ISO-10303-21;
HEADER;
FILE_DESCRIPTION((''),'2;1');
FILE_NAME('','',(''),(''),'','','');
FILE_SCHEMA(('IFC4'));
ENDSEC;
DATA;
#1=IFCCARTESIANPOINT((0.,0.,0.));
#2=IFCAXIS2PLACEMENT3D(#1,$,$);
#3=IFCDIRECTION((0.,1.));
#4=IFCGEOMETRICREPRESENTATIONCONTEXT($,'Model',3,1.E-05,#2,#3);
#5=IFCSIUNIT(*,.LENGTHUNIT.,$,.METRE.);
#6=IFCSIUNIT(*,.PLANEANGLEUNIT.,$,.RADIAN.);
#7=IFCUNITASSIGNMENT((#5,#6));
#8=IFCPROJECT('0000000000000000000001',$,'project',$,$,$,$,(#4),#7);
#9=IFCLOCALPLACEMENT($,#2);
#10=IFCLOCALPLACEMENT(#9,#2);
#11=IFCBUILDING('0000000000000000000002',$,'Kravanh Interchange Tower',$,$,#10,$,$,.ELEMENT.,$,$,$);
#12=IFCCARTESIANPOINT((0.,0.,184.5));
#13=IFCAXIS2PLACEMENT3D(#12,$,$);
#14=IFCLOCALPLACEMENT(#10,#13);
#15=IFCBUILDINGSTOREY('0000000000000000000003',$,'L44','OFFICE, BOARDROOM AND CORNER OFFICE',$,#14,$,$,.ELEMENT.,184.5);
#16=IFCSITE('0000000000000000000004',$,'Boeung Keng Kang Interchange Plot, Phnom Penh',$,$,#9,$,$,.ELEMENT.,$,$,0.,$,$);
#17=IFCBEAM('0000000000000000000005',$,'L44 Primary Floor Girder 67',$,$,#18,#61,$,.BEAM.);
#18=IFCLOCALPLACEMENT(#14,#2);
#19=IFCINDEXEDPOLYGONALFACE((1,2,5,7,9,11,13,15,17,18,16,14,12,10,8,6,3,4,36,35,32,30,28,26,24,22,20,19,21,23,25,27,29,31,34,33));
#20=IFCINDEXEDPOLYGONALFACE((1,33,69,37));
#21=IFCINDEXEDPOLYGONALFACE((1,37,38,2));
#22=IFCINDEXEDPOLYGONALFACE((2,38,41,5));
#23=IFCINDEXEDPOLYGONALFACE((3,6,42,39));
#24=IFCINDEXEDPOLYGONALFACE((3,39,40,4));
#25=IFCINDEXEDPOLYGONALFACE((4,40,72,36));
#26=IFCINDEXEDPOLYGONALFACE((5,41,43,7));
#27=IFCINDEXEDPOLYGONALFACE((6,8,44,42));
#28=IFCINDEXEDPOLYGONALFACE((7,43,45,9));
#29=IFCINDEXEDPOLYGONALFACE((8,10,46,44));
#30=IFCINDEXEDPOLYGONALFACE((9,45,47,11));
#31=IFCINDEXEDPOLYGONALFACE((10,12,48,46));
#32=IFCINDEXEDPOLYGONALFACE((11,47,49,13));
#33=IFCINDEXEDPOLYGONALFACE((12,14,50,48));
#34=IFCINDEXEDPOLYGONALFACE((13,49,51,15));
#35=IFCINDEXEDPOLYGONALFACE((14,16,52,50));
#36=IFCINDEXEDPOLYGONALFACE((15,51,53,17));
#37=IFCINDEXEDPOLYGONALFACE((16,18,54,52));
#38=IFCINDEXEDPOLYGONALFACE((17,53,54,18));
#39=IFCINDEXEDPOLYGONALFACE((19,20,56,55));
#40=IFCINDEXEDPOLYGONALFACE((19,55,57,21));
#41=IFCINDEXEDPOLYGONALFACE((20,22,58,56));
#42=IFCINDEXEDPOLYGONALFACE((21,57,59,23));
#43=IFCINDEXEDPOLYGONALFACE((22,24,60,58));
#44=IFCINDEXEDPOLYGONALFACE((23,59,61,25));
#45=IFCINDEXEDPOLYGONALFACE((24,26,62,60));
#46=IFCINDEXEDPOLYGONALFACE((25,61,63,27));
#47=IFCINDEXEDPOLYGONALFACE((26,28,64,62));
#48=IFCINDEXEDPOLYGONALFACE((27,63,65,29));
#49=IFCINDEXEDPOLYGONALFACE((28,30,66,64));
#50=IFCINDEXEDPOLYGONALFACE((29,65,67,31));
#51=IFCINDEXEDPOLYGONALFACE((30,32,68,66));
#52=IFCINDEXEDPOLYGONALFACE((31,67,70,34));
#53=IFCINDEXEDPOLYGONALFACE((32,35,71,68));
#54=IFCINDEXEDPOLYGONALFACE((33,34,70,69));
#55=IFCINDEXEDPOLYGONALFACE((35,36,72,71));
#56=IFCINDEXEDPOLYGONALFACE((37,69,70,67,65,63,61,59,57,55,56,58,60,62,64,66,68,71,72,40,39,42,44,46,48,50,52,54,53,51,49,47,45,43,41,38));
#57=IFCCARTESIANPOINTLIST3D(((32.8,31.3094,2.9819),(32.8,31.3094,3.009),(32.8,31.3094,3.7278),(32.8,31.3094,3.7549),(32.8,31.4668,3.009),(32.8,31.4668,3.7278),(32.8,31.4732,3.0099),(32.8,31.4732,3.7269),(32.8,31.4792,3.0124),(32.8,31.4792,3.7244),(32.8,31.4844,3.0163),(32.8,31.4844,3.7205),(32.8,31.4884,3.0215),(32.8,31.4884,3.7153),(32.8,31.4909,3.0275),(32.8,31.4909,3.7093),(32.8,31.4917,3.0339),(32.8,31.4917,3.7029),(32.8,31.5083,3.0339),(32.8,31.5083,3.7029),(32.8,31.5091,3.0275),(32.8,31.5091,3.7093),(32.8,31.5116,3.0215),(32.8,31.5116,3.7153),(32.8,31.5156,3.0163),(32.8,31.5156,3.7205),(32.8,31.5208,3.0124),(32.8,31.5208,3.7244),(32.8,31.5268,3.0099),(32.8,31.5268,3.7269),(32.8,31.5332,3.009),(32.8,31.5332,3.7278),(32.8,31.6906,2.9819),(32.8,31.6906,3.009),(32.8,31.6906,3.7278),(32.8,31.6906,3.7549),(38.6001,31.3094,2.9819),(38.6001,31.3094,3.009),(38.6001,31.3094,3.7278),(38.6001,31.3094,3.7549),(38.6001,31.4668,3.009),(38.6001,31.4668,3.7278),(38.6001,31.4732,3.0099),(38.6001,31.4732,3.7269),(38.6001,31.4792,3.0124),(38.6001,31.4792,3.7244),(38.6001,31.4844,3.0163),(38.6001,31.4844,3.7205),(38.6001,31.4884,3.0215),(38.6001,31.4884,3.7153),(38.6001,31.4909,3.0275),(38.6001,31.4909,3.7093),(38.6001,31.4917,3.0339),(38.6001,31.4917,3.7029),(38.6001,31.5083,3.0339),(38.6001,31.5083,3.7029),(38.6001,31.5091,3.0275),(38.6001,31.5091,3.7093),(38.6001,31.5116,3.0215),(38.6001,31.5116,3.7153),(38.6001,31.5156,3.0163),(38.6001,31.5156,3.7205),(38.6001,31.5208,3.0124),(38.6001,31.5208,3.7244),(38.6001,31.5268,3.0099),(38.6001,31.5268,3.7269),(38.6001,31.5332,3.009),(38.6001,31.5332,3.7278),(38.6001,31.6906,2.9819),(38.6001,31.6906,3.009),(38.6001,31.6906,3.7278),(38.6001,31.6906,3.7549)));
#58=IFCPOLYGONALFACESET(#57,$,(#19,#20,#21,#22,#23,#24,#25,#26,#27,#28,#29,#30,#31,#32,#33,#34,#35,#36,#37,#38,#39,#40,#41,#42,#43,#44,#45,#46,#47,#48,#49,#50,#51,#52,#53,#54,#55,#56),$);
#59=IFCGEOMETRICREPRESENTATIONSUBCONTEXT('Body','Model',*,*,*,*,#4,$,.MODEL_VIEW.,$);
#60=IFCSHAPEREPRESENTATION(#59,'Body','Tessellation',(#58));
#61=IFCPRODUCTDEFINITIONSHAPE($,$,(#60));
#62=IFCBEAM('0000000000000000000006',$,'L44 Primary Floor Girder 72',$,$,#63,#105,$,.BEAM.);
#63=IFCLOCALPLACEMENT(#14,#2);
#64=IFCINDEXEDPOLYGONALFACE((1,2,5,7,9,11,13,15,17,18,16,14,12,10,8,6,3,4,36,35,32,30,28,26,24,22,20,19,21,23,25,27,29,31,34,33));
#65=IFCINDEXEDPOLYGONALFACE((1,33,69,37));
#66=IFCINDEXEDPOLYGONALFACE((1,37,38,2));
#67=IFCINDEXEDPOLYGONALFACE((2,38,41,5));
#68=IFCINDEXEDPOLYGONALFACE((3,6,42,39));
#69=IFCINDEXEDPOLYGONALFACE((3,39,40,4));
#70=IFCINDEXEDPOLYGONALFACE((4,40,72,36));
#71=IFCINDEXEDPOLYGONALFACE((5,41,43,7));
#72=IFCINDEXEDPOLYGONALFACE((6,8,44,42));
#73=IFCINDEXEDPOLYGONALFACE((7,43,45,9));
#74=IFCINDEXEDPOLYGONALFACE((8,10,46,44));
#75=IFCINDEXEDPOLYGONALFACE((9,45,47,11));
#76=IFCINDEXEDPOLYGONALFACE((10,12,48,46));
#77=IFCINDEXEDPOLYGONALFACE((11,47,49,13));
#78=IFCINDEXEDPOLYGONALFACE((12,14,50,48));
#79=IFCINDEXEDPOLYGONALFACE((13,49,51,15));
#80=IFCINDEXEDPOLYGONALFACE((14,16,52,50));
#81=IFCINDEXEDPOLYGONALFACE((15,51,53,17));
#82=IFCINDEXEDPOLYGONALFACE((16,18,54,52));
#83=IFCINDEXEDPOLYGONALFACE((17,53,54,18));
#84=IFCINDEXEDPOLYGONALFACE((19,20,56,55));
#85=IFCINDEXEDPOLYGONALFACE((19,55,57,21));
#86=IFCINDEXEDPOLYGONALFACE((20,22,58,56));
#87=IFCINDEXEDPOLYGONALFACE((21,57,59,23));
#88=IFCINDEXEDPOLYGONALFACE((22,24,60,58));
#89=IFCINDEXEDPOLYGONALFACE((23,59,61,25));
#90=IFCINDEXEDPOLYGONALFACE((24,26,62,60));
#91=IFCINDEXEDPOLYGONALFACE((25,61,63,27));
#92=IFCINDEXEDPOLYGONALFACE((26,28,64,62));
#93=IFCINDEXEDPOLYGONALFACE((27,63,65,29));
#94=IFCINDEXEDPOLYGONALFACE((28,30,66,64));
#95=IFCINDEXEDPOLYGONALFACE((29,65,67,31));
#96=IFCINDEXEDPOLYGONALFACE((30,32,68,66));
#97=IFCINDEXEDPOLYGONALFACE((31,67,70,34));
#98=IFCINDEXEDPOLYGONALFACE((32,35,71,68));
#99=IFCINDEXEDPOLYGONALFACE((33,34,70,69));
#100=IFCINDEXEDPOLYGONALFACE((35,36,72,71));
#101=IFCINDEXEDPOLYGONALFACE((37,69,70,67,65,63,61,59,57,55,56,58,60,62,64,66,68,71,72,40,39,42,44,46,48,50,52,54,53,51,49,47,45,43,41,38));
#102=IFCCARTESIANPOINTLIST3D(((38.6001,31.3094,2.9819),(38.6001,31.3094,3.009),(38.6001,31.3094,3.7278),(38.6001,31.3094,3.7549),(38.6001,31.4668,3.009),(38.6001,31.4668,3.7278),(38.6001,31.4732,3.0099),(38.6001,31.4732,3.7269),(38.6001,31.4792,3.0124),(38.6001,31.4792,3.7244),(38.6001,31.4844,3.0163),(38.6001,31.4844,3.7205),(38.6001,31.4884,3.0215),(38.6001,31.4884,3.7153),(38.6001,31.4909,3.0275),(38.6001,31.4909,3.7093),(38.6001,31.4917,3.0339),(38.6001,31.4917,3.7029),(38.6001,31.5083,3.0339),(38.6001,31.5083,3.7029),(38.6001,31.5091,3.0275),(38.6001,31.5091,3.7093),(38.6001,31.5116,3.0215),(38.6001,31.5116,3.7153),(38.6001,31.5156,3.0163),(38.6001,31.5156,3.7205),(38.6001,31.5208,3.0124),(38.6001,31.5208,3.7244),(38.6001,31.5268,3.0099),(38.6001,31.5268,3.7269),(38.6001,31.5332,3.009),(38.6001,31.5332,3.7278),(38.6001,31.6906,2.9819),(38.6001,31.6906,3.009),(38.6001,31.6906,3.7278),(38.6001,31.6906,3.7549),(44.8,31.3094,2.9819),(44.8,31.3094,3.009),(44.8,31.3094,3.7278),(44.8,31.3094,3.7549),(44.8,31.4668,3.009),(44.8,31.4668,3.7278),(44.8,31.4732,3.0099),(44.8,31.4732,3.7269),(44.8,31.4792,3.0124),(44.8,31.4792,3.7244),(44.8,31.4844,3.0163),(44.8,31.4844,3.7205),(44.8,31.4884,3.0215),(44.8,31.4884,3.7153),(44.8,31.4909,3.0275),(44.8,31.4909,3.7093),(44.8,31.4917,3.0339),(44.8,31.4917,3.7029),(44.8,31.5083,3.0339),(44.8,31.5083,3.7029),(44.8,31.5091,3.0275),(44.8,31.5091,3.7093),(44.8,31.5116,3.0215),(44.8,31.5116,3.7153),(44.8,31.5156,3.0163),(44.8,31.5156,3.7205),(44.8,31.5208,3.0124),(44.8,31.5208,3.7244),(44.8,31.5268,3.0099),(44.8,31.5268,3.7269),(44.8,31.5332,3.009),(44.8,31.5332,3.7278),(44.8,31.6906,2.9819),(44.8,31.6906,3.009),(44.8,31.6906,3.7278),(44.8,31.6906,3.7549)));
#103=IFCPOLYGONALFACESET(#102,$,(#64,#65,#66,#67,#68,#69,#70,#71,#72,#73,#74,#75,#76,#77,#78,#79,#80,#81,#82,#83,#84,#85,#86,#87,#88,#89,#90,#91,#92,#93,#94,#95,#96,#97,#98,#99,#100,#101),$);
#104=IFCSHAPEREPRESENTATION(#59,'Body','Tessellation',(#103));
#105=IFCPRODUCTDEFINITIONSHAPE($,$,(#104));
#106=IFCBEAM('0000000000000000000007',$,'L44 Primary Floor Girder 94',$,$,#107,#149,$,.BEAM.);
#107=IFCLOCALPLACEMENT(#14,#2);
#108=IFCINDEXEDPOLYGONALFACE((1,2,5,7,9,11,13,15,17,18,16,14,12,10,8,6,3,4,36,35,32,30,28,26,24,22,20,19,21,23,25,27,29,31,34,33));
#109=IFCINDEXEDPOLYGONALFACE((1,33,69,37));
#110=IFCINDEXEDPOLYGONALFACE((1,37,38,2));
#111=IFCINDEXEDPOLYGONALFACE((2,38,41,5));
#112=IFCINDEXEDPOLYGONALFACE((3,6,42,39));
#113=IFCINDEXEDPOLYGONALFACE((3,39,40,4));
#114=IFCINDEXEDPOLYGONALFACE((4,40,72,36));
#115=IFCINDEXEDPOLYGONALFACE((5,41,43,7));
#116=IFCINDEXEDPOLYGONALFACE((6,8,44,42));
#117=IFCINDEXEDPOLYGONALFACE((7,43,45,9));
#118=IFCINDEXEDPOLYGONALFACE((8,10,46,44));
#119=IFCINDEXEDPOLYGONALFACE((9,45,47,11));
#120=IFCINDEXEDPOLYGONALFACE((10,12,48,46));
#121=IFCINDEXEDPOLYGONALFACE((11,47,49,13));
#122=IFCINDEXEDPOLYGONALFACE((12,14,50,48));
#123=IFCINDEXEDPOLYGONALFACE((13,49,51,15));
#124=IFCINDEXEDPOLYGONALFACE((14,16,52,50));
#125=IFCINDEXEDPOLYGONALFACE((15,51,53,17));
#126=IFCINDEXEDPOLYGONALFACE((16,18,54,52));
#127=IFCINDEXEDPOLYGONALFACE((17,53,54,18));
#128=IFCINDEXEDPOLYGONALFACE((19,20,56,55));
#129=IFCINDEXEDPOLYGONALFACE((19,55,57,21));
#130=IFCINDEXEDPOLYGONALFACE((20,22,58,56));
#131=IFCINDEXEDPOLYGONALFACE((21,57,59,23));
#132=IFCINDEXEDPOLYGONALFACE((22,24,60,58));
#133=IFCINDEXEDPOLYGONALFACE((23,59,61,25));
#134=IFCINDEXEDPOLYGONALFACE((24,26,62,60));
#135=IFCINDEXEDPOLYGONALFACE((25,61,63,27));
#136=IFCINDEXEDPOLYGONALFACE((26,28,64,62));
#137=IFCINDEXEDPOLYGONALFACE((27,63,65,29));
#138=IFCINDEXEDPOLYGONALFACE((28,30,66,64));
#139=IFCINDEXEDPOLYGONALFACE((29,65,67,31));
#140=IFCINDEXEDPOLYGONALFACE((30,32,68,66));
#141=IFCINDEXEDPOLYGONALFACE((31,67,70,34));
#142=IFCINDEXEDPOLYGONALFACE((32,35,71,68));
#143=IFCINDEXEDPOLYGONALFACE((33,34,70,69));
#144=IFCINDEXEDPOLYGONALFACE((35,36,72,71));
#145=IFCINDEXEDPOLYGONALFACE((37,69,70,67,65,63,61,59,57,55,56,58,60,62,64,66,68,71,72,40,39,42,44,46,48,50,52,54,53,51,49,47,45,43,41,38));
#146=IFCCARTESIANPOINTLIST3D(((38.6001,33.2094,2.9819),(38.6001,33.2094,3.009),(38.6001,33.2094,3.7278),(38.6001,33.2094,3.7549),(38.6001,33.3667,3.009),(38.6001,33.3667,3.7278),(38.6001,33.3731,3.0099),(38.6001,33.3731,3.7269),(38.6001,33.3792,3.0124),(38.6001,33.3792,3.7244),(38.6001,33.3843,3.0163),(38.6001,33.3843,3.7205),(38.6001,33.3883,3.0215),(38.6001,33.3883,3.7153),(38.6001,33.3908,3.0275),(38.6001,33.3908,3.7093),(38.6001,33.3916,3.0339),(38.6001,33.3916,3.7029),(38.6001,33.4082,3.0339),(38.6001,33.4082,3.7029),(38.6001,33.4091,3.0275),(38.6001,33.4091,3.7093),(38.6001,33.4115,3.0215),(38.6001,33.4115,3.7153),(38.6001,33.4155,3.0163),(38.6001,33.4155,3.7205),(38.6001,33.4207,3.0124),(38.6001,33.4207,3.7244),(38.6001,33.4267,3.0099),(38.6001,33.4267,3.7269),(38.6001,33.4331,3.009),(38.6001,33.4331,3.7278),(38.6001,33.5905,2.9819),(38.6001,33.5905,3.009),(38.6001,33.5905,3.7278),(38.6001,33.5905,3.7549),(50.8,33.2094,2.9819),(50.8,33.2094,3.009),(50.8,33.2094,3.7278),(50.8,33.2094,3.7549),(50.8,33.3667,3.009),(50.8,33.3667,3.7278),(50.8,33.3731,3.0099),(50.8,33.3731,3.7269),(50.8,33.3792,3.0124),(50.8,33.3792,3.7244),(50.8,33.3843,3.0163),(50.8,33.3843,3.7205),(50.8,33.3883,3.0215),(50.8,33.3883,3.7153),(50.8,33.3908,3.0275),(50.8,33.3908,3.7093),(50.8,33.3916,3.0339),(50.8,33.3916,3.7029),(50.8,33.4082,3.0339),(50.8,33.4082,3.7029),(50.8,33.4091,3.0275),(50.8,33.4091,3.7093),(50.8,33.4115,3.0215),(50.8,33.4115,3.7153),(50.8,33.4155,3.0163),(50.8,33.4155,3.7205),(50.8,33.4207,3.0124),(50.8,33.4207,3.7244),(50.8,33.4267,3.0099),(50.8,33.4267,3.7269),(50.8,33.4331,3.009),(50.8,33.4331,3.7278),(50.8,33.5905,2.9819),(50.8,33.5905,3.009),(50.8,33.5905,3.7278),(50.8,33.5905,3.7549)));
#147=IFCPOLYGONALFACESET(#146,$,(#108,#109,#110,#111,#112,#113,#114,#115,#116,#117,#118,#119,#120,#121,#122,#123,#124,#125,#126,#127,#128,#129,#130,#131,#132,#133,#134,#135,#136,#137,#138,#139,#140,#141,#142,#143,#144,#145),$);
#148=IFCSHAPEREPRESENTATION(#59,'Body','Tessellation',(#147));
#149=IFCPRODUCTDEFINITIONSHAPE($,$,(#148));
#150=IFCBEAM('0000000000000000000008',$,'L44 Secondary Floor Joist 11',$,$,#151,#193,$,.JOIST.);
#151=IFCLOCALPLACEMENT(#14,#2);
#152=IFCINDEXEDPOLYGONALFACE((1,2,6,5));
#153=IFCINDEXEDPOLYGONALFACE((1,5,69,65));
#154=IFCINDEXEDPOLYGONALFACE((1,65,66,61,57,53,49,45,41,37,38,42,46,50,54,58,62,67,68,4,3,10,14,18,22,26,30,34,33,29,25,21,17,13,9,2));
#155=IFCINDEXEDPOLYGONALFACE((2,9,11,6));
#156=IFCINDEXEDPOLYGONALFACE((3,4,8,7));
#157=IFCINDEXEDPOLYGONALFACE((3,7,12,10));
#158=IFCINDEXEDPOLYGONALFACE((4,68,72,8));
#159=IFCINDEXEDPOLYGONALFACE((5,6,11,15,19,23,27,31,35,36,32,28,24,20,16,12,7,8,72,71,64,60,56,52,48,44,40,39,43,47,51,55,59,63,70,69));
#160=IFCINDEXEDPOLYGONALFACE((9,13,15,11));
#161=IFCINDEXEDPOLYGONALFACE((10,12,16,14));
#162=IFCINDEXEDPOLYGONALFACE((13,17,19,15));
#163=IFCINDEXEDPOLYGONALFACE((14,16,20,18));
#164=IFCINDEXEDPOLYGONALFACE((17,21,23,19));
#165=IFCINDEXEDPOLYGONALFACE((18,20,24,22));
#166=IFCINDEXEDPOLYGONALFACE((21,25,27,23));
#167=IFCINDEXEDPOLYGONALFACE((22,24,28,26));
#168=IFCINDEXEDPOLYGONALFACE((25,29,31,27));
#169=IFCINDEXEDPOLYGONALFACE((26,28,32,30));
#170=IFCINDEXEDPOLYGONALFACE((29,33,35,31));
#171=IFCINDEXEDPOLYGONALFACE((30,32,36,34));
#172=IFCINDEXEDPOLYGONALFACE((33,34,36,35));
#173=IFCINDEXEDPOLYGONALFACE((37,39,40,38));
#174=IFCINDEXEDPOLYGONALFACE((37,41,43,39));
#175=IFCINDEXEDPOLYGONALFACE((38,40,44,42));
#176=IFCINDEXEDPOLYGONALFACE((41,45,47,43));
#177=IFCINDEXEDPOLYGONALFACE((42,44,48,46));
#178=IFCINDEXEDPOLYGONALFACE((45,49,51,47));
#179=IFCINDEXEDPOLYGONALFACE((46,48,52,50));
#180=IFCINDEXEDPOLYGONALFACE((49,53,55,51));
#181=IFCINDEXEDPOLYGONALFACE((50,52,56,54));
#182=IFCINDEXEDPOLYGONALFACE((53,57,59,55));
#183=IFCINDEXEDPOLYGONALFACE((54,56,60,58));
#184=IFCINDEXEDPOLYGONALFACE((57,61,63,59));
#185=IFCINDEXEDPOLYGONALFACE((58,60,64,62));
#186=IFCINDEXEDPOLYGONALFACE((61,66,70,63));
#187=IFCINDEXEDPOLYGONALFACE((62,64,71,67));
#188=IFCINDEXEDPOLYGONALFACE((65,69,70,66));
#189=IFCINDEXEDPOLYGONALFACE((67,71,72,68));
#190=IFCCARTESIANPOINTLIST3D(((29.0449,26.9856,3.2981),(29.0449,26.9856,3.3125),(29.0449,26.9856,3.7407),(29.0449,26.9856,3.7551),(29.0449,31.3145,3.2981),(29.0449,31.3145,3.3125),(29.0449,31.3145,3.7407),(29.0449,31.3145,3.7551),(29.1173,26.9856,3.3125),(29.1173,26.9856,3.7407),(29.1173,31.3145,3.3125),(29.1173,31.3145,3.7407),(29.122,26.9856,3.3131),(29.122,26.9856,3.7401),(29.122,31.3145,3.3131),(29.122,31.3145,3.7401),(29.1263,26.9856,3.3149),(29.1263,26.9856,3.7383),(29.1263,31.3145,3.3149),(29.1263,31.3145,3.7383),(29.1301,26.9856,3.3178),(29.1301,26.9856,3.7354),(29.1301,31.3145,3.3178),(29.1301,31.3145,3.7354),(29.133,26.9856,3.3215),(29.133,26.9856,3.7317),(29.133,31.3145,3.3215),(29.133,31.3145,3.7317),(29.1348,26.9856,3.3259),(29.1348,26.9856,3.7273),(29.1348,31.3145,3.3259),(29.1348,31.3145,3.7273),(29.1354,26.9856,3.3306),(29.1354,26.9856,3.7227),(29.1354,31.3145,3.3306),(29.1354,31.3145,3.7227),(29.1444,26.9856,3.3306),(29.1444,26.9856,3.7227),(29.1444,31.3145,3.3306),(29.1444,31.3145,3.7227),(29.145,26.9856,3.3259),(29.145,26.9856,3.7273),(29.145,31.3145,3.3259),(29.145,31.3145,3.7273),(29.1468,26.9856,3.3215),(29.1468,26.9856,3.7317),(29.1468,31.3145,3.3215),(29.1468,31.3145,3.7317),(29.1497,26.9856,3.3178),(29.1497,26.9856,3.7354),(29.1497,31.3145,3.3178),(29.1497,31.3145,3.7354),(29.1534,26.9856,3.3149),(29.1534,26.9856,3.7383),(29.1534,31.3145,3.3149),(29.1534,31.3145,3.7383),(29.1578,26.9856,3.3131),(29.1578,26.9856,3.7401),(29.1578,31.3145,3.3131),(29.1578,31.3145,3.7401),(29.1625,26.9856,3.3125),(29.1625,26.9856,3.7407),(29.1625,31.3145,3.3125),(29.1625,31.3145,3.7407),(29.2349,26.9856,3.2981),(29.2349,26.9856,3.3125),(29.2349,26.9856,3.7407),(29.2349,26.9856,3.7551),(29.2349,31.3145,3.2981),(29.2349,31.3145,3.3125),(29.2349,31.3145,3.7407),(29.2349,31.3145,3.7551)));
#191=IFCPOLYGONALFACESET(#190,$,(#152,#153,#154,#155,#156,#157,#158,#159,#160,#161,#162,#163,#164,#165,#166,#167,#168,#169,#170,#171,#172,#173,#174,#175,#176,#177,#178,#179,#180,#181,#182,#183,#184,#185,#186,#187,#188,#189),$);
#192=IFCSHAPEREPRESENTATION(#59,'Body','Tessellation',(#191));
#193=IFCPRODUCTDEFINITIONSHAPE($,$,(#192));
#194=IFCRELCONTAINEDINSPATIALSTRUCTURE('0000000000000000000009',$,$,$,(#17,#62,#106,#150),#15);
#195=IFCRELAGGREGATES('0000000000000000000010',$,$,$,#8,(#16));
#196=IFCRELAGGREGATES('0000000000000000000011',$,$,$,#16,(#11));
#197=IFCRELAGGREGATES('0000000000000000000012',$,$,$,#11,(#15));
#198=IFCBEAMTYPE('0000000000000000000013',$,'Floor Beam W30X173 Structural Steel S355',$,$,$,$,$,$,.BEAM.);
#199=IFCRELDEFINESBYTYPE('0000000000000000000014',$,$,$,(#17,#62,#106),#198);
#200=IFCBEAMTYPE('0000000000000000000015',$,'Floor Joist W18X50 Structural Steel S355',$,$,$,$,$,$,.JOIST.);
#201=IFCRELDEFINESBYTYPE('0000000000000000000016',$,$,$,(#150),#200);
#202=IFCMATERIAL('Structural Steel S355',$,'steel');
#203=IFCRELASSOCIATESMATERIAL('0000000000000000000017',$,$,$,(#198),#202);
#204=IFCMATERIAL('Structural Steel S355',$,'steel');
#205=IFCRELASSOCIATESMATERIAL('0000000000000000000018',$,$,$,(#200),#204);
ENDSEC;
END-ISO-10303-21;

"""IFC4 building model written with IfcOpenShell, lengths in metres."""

from ifc_helpers import new_model, si_unit, direction, frame, origin, origin_2d, place, context, subcontext, project, spatial, i_section, extrude, material, material_profile, profile_set, type_object, element, save


model = new_model("IFC4")

# Units and contexts
model_context = context("Model", 3, precision=1e-05, world=origin(), true_north=direction((0.0, 1.0)))
body_context = subcontext(model_context, "Body", "Model", "MODEL_VIEW")
ifc_project = project(units=[si_unit("LENGTHUNIT", "METRE"), si_unit("PLANEANGLEUNIT", "RADIAN")], contexts=[model_context])

# Site, building, storey
site_placement = place(None, origin())
site = spatial("IfcSite", under=ifc_project, at=site_placement, Name="Boeung Keng Kang Interchange Plot, Phnom Penh", CompositionType="ELEMENT", RefElevation=0.0)
building_placement = place(site_placement, origin())
building = spatial("IfcBuilding", under=site, at=building_placement, Name="Kravanh Interchange Tower", CompositionType="ELEMENT")
storey_placement = place(building_placement, frame((0.0, 0.0, 184.5)))
storey = spatial("IfcBuildingStorey", under=building, at=storey_placement, Name="L44", Description="OFFICE, BOARDROOM AND CORNER OFFICE", CompositionType="ELEMENT", Elevation=184.5)

# Beams
ifc_material_1 = material(Name="Structural Steel S355", Category="steel")
ifc_material_profile_1 = material_profile(ifc_material_1, i_section(OverallWidth=0.3811, OverallDepth=0.7729, WebThickness=0.0166, FlangeThickness=0.0271, FilletRadius=0.0249, at=origin_2d()), Name="W30X173")
ifc_profile_set_1 = profile_set([ifc_material_profile_1], Name="Structural Steel S355")
beam_type_1 = type_object("IfcBeamType", Name="Floor Beam W30X173 Structural Steel S355", PredefinedType="BEAM", material=ifc_profile_set_1)
beam_1_placement = place(storey_placement, frame((32.8, 31.5, 3.3684), z_axis=(1.0, 0.0, 0.0), x_axis=(0.0, 1.0, 0.0)))
element("IfcBeam", 1, at=beam_1_placement, inside=storey, type_object=beam_type_1, Name="L44 Primary Floor Girder 67", PredefinedType="BEAM", context=body_context, shape_type="SweptSolid", body=[
    extrude(i_section(OverallWidth=0.3811, OverallDepth=0.7729, WebThickness=0.0166, FlangeThickness=0.0271, FilletRadius=0.0249, at=origin_2d()), origin(), (0.0, 0.0, 1.0), 5.8),
])
beam_2_placement = place(storey_placement, frame((38.6001, 31.5, 3.3684), z_axis=(1.0, 0.0, 0.0), x_axis=(0.0, 1.0, 0.0)))
element("IfcBeam", 2, at=beam_2_placement, inside=storey, type_object=beam_type_1, Name="L44 Primary Floor Girder 72", PredefinedType="BEAM", context=body_context, shape_type="SweptSolid", body=[
    extrude(i_section(OverallWidth=0.3811, OverallDepth=0.7729, WebThickness=0.0166, FlangeThickness=0.0271, FilletRadius=0.0249, at=origin_2d()), origin(), (0.0, 0.0, 1.0), 6.2),
])
beam_3_placement = place(storey_placement, frame((38.6001, 33.3999, 3.3684), z_axis=(1.0, 0.0, 0.0), x_axis=(0.0, 1.0, 0.0)))
element("IfcBeam", 3, at=beam_3_placement, inside=storey, type_object=beam_type_1, Name="L44 Primary Floor Girder 94", PredefinedType="BEAM", context=body_context, shape_type="SweptSolid", body=[
    extrude(i_section(OverallWidth=0.3811, OverallDepth=0.7729, WebThickness=0.0166, FlangeThickness=0.0271, FilletRadius=0.0249, at=origin_2d()), origin(), (0.0, 0.0, 1.0), 12.2),
])
ifc_material_2 = material(Name="Structural Steel S355", Category="steel")
ifc_material_profile_2 = material_profile(ifc_material_2, i_section(OverallWidth=0.1899, OverallDepth=0.457, WebThickness=0.009, FlangeThickness=0.0144, FilletRadius=0.0181, at=origin_2d()), Name="W18X50")
ifc_profile_set_2 = profile_set([ifc_material_profile_2], Name="Structural Steel S355")
beam_type_2 = type_object("IfcBeamType", Name="Floor Joist W18X50 Structural Steel S355", PredefinedType="JOIST", material=ifc_profile_set_2)
beam_4_placement = place(storey_placement, frame((29.1399, 26.9856, 3.5266), z_axis=(0.0, 1.0, 0.0), x_axis=(-1.0, 0.0, 0.0)))
element("IfcBeam", 4, at=beam_4_placement, inside=storey, type_object=beam_type_2, Name="L44 Secondary Floor Joist 11", PredefinedType="JOIST", context=body_context, shape_type="SweptSolid", body=[
    extrude(i_section(OverallWidth=0.1899, OverallDepth=0.457, WebThickness=0.009, FlangeThickness=0.0144, FilletRadius=0.0181, at=origin_2d()), origin(), (0.0, 0.0, 1.0), 4.3289),
])

save(model, "model.ifc")
